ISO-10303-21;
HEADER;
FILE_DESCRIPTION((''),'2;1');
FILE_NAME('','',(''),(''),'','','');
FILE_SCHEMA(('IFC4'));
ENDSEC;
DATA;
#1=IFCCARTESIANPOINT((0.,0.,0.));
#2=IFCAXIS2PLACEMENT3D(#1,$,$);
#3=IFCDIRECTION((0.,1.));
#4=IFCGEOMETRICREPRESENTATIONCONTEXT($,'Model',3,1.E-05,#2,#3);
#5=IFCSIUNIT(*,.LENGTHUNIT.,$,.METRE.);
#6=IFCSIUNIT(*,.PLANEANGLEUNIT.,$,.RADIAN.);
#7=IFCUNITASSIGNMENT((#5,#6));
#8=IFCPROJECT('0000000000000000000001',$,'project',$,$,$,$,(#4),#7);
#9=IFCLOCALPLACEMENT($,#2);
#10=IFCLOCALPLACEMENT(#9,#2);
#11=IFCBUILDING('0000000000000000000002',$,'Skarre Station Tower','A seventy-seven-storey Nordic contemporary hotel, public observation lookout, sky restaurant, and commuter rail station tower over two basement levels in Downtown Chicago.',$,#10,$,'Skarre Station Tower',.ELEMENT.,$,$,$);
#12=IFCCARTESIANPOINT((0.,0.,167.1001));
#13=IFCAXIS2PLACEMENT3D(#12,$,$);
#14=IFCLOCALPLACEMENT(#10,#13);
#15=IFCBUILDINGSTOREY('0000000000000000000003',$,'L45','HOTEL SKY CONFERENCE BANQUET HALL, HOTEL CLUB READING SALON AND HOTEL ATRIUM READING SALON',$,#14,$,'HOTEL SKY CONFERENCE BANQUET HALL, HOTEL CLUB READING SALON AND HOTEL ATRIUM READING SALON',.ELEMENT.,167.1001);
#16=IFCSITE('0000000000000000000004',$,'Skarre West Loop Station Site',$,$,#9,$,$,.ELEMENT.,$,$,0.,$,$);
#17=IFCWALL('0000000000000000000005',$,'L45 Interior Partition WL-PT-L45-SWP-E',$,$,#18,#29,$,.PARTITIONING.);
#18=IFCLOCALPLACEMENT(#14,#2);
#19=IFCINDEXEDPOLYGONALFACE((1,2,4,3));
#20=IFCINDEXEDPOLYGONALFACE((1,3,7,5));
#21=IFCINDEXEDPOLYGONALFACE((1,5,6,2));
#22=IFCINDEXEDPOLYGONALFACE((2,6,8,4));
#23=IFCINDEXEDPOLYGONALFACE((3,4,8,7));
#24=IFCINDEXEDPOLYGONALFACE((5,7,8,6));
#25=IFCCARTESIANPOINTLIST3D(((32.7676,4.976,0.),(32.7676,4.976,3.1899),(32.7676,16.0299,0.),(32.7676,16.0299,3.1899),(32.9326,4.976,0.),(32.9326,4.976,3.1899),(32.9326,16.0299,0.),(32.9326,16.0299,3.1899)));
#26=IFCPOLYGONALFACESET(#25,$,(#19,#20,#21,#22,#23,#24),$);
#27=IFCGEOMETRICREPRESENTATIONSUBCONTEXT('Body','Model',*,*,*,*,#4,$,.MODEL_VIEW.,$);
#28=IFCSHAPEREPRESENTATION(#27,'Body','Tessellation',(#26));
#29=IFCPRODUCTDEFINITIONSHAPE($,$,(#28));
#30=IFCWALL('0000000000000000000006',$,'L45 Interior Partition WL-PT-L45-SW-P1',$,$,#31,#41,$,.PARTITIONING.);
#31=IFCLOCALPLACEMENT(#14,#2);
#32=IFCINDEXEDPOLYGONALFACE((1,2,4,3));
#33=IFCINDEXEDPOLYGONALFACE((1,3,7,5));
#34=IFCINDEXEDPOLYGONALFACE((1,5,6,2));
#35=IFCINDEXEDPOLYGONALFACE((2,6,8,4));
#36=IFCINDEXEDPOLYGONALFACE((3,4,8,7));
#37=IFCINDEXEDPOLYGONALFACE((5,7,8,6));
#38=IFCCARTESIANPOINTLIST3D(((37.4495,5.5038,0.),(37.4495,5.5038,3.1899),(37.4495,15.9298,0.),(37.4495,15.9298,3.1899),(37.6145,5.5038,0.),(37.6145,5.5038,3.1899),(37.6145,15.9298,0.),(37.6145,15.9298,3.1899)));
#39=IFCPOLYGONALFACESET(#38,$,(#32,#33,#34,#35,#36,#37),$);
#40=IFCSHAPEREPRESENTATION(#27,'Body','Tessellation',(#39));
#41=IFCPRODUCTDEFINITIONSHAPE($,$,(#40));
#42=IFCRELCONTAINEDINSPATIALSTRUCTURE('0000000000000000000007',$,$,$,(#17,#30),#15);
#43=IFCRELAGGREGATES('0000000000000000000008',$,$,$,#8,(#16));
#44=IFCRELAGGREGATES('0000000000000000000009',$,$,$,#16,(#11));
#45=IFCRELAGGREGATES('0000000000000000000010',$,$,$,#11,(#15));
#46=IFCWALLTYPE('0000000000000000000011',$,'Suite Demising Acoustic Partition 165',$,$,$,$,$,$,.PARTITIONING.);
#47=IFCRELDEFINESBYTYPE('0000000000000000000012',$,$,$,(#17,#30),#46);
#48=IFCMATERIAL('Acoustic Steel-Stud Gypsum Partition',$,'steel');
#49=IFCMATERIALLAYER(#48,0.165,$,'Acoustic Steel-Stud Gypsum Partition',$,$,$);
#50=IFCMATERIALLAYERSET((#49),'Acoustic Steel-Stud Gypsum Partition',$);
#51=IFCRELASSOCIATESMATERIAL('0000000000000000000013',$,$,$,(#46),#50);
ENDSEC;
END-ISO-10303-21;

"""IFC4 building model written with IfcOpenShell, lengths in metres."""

from ifc_helpers import new_model, si_unit, direction, frame, frame_2d, origin, place, context, subcontext, project, spatial, rectangle, extrude, material, layer, layer_set, type_object, element, save


model = new_model("IFC4")

# Units and contexts
model_context = context("Model", 3, precision=1e-05, world=origin(), true_north=direction((0.0, 1.0)))
body_context = subcontext(model_context, "Body", "Model", "MODEL_VIEW")
ifc_project = project(units=[si_unit("LENGTHUNIT", "METRE"), si_unit("PLANEANGLEUNIT", "RADIAN")], contexts=[model_context])

# Site, building, storey
site_placement = place(None, origin())
site = spatial("IfcSite", under=ifc_project, at=site_placement, Name="Skarre West Loop Station Site", CompositionType="ELEMENT", RefElevation=0.0)
building_placement = place(site_placement, origin())
building = spatial("IfcBuilding", under=site, at=building_placement, Name="Skarre Station Tower", Description="A seventy-seven-storey Nordic contemporary hotel, public observation lookout, sky restaurant, and commuter rail station tower over two basement levels in Downtown Chicago.", LongName="Skarre Station Tower", CompositionType="ELEMENT")
storey_placement = place(building_placement, frame((0.0, 0.0, 167.1001)))
storey = spatial("IfcBuildingStorey", under=building, at=storey_placement, Name="L45", Description="HOTEL SKY CONFERENCE BANQUET HALL, HOTEL CLUB READING SALON AND HOTEL ATRIUM READING SALON", LongName="HOTEL SKY CONFERENCE BANQUET HALL, HOTEL CLUB READING SALON AND HOTEL ATRIUM READING SALON", CompositionType="ELEMENT", Elevation=167.1001)

# Shared definitions
ifc_material_1 = material(Name="Acoustic Steel-Stud Gypsum Partition", Category="steel")

# Walls
ifc_layer_1 = layer(ifc_material_1, 0.165, Name="Acoustic Steel-Stud Gypsum Partition")
ifc_layer_set_1 = layer_set([ifc_layer_1], Name="Acoustic Steel-Stud Gypsum Partition")
wall_type_1 = type_object("IfcWallType", Name="Suite Demising Acoustic Partition 165", PredefinedType="PARTITIONING", material=ifc_layer_set_1)
wall_1_placement = place(storey_placement, frame((32.8501, 4.9761, 0.0), z_axis=(0.0, 0.0, 1.0), x_axis=(0.0, 1.0, 0.0)))
element("IfcWall", 1, at=wall_1_placement, inside=storey, type_object=wall_type_1, Name="L45 Interior Partition WL-PT-L45-SWP-E", PredefinedType="PARTITIONING", context=body_context, shape_type="SweptSolid", body=[
    extrude(rectangle(XDim=11.054, YDim=0.165, at=frame_2d((5.5269, 0.0))), origin(), (0.0, 0.0, 1.0), 3.1899),
])
wall_2_placement = place(storey_placement, frame((37.532, 5.5039, 0.0), z_axis=(0.0, 0.0, 1.0), x_axis=(0.0, 1.0, 0.0)))
element("IfcWall", 2, at=wall_2_placement, inside=storey, type_object=wall_type_1, Name="L45 Interior Partition WL-PT-L45-SW-P1", PredefinedType="PARTITIONING", context=body_context, shape_type="SweptSolid", body=[
    extrude(rectangle(XDim=10.426, YDim=0.165, at=frame_2d((5.2129, 0.0))), origin(), (0.0, 0.0, 1.0), 3.1899),
])

save(model, "model.ifc")
